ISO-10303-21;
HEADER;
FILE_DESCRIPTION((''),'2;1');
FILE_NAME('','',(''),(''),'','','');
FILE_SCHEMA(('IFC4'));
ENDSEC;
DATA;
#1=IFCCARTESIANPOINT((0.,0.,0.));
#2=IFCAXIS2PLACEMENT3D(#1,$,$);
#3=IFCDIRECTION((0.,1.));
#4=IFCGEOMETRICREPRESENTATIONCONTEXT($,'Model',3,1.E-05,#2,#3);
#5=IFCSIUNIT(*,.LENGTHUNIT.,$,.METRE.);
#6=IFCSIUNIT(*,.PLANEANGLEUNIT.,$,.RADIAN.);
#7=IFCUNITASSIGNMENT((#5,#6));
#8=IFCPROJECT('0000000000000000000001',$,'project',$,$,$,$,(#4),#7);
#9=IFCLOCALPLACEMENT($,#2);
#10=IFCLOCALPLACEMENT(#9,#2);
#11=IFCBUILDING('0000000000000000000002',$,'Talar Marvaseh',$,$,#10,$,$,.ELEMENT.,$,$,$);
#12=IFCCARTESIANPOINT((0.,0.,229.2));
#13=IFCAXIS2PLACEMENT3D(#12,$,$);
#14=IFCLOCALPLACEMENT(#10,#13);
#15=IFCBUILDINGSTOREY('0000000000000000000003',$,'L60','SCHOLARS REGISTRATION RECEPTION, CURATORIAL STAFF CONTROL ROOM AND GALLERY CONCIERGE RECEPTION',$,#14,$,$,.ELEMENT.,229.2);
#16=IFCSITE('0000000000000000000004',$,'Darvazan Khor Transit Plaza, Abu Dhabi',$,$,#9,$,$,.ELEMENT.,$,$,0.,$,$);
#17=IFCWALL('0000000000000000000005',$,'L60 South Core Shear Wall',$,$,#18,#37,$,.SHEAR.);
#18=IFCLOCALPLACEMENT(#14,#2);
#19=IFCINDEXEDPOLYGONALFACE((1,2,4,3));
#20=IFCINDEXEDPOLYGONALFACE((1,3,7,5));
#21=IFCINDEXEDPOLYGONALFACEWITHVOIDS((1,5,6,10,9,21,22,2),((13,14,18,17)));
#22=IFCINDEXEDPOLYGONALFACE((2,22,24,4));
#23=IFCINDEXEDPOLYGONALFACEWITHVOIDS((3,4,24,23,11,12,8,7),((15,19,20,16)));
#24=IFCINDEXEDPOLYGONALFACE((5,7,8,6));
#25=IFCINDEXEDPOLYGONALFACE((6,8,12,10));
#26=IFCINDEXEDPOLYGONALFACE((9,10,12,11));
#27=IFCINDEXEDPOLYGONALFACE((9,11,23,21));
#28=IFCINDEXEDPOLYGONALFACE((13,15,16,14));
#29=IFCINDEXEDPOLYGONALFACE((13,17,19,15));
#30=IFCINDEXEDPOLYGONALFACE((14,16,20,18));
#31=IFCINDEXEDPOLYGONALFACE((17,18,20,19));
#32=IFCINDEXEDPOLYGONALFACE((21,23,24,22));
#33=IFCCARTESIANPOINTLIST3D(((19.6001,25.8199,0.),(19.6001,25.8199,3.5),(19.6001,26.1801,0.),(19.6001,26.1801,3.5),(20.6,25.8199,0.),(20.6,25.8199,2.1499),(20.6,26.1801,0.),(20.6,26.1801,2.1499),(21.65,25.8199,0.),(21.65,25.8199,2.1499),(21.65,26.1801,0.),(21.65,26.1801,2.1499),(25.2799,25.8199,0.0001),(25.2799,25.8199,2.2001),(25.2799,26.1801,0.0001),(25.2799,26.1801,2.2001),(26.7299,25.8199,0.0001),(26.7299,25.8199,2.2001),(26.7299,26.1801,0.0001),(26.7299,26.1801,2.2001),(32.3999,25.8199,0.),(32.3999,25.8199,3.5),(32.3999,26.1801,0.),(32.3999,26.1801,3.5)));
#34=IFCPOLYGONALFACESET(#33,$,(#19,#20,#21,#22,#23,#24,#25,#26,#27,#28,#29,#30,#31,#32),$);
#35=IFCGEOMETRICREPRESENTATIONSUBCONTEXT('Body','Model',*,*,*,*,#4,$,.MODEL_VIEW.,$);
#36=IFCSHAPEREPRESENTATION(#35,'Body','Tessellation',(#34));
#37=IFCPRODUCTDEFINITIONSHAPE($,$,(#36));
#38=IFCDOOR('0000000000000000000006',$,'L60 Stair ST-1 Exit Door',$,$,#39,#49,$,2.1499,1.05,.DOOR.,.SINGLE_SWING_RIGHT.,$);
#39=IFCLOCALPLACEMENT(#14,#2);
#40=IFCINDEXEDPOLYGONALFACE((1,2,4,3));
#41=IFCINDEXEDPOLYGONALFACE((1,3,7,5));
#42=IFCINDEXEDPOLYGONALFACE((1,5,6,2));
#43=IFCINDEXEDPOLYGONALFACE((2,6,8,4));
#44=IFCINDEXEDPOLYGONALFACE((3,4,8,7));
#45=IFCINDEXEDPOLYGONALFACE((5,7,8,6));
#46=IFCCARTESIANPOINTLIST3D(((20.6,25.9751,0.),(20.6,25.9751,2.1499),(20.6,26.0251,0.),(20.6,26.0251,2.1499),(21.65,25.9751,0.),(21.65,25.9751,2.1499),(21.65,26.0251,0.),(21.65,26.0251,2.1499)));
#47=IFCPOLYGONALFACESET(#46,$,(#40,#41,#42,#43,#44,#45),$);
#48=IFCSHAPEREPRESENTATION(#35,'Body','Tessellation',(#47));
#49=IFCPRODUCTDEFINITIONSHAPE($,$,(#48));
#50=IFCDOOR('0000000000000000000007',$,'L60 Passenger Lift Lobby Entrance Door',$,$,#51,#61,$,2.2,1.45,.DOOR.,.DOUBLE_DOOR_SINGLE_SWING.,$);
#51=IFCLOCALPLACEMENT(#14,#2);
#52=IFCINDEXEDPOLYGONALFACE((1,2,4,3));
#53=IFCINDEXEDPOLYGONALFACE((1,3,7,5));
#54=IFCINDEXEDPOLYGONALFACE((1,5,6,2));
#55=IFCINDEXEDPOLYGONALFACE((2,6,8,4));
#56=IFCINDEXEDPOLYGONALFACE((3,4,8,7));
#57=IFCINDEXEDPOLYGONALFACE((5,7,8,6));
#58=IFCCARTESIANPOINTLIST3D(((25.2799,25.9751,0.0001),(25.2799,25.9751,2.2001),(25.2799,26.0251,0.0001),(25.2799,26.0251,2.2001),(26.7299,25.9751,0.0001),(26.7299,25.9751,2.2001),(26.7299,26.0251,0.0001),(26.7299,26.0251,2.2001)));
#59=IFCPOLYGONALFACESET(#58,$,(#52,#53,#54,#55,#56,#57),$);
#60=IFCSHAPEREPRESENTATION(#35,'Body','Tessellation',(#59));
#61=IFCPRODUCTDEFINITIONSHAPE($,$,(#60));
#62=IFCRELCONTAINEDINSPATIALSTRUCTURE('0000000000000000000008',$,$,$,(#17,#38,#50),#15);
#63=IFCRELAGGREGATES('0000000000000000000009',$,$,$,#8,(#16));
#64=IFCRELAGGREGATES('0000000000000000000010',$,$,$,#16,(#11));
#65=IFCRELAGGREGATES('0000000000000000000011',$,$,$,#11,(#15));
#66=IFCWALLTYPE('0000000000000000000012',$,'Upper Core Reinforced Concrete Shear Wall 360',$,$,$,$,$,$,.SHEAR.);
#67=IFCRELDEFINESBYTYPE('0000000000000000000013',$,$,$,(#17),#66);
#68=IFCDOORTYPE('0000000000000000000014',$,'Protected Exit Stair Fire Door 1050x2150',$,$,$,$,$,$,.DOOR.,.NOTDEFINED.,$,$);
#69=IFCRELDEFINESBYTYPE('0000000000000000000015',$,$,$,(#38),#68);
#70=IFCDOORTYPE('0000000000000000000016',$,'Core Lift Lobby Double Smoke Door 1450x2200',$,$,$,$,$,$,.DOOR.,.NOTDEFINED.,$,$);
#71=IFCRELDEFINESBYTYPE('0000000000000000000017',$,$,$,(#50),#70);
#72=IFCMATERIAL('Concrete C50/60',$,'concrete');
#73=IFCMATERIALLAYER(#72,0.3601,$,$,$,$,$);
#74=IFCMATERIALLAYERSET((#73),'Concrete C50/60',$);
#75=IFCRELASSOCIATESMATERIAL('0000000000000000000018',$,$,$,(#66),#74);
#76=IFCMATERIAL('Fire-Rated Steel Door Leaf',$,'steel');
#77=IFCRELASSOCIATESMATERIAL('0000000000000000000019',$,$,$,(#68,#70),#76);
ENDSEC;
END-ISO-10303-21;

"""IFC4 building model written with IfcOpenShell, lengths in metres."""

from ifc_helpers import new_model, si_unit, direction, frame, frame_2d, origin, place, context, subcontext, project, spatial, rectangle, extrude, source, transform, mapped, material, layer, layer_set, type_object, type_shapes, element, fill, save


model = new_model("IFC4")

# Units and contexts
model_context = context("Model", 3, precision=1e-05, world=origin(), true_north=direction((0.0, 1.0)))
body_context = subcontext(model_context, "Body", "Model", "MODEL_VIEW")
ifc_project = project(units=[si_unit("LENGTHUNIT", "METRE"), si_unit("PLANEANGLEUNIT", "RADIAN")], contexts=[model_context])

# Site, building, storey
site_placement = place(None, origin())
site = spatial("IfcSite", under=ifc_project, at=site_placement, Name="Darvazan Khor Transit Plaza, Abu Dhabi", CompositionType="ELEMENT", RefElevation=0.0)
building_placement = place(site_placement, origin())
building = spatial("IfcBuilding", under=site, at=building_placement, Name="Talar Marvaseh", CompositionType="ELEMENT")
storey_placement = place(building_placement, frame((0.0, 0.0, 229.2)))
storey = spatial("IfcBuildingStorey", under=building, at=storey_placement, Name="L60", Description="SCHOLARS REGISTRATION RECEPTION, CURATORIAL STAFF CONTROL ROOM AND GALLERY CONCIERGE RECEPTION", CompositionType="ELEMENT", Elevation=229.2)

# Wall, openings, doors
ifc_material_1 = material(Name="Concrete C50/60", Category="concrete")
ifc_layer_1 = layer(ifc_material_1, 0.3601)
ifc_layer_set_1 = layer_set([ifc_layer_1], Name="Concrete C50/60")
wall_type_1 = type_object("IfcWallType", Name="Upper Core Reinforced Concrete Shear Wall 360", PredefinedType="SHEAR", material=ifc_layer_set_1)
wall_1_placement = place(storey_placement, frame((32.3999, 26.0, 0.0), z_axis=(0.0, 0.0, 1.0), x_axis=(-1.0, 0.0, 0.0)))
wall_1 = element("IfcWall", 1, at=wall_1_placement, inside=storey, type_object=wall_type_1, Name="L60 South Core Shear Wall", PredefinedType="SHEAR", context=body_context, shape_type="SweptSolid", body=[
    extrude(rectangle(XDim=12.7998, YDim=0.3601, at=frame_2d((6.3999, 0.0))), origin(), (0.0, 0.0, 1.0), 3.5),
])
opening_1_placement = place(wall_1_placement, frame((10.75, 0.0, 0.0)))
opening_1 = element("IfcOpeningElement", 2, at=opening_1_placement, cuts=wall_1, PredefinedType="OPENING", context=body_context, shape_type="SweptSolid", body=[
    extrude(rectangle(XDim=1.05, YDim=2.1499, at=frame_2d((0.5249, 1.075))), frame((0.0, 0.1899, 0.0), z_axis=(0.0, -1.0, 0.0), x_axis=(1.0, 0.0, 0.0)), (0.0, 0.0, 1.0), 0.3801),
])
opening_2_placement = place(wall_1_placement, frame((5.6699, 0.0, 0.0)))
opening_2 = element("IfcOpeningElement", 3, at=opening_2_placement, cuts=wall_1, PredefinedType="OPENING", context=body_context, shape_type="SweptSolid", body=[
    extrude(rectangle(XDim=1.45, YDim=2.2, at=frame_2d((0.7251, 1.1001))), frame((0.0, 0.1899, 0.0), z_axis=(0.0, -1.0, 0.0), x_axis=(1.0, 0.0, 0.0)), (0.0, 0.0, 1.0), 0.3801),
])
ifc_material_2 = material(Name="Fire-Rated Steel Door Leaf", Category="steel")
door_type_1 = type_object("IfcDoorType", Name="Protected Exit Stair Fire Door 1050x2150", OperationType="NOTDEFINED", PredefinedType="DOOR", material=ifc_material_2)
shared_shape_1 = source(origin(), body_context, "Body", "SweptSolid", [
    extrude(rectangle(XDim=1.05, YDim=2.1499, at=frame_2d((0.5249, 1.075))), frame((0.0, 0.0249, 0.0), z_axis=(0.0, -1.0, 0.0), x_axis=(1.0, 0.0, 0.0)), (0.0, 0.0, 1.0), 0.05),
])
type_shapes(door_type_1, [shared_shape_1])
door_1_placement = place(opening_1_placement, origin())
door_1 = element("IfcDoor", 4, at=door_1_placement, inside=storey, type_object=door_type_1, Name="L60 Stair ST-1 Exit Door", OperationType="SINGLE_SWING_RIGHT", OverallHeight=2.1499, OverallWidth=1.05, PredefinedType="DOOR", context=body_context, shape_type="MappedRepresentation", body=[
    mapped(shared_shape_1, transform((0.0, 0.0, 0.0), x_axis=(1.0, 0.0, 0.0), y_axis=(0.0, 1.0, 0.0), z_axis=(0.0, 0.0, 1.0), scale=1.0)),
])
fill(opening_1, door_1)
door_type_2 = type_object("IfcDoorType", Name="Core Lift Lobby Double Smoke Door 1450x2200", OperationType="NOTDEFINED", PredefinedType="DOOR", material=ifc_material_2)
shared_shape_2 = source(origin(), body_context, "Body", "SweptSolid", [
    extrude(rectangle(XDim=1.45, YDim=2.2, at=frame_2d((0.7251, 1.1001))), frame((0.0, 0.0249, 0.0), z_axis=(0.0, -1.0, 0.0), x_axis=(1.0, 0.0, 0.0)), (0.0, 0.0, 1.0), 0.05),
])
type_shapes(door_type_2, [shared_shape_2])
door_2_placement = place(opening_2_placement, origin())
door_2 = element("IfcDoor", 5, at=door_2_placement, inside=storey, type_object=door_type_2, Name="L60 Passenger Lift Lobby Entrance Door", OperationType="DOUBLE_DOOR_SINGLE_SWING", OverallHeight=2.2, OverallWidth=1.45, PredefinedType="DOOR", context=body_context, shape_type="MappedRepresentation", body=[
    mapped(shared_shape_2, transform((0.0, 0.0, 0.0), x_axis=(1.0, 0.0, 0.0), y_axis=(0.0, 1.0, 0.0), z_axis=(0.0, 0.0, 1.0), scale=1.0)),
])
fill(opening_2, door_2)

save(model, "model.ifc")
